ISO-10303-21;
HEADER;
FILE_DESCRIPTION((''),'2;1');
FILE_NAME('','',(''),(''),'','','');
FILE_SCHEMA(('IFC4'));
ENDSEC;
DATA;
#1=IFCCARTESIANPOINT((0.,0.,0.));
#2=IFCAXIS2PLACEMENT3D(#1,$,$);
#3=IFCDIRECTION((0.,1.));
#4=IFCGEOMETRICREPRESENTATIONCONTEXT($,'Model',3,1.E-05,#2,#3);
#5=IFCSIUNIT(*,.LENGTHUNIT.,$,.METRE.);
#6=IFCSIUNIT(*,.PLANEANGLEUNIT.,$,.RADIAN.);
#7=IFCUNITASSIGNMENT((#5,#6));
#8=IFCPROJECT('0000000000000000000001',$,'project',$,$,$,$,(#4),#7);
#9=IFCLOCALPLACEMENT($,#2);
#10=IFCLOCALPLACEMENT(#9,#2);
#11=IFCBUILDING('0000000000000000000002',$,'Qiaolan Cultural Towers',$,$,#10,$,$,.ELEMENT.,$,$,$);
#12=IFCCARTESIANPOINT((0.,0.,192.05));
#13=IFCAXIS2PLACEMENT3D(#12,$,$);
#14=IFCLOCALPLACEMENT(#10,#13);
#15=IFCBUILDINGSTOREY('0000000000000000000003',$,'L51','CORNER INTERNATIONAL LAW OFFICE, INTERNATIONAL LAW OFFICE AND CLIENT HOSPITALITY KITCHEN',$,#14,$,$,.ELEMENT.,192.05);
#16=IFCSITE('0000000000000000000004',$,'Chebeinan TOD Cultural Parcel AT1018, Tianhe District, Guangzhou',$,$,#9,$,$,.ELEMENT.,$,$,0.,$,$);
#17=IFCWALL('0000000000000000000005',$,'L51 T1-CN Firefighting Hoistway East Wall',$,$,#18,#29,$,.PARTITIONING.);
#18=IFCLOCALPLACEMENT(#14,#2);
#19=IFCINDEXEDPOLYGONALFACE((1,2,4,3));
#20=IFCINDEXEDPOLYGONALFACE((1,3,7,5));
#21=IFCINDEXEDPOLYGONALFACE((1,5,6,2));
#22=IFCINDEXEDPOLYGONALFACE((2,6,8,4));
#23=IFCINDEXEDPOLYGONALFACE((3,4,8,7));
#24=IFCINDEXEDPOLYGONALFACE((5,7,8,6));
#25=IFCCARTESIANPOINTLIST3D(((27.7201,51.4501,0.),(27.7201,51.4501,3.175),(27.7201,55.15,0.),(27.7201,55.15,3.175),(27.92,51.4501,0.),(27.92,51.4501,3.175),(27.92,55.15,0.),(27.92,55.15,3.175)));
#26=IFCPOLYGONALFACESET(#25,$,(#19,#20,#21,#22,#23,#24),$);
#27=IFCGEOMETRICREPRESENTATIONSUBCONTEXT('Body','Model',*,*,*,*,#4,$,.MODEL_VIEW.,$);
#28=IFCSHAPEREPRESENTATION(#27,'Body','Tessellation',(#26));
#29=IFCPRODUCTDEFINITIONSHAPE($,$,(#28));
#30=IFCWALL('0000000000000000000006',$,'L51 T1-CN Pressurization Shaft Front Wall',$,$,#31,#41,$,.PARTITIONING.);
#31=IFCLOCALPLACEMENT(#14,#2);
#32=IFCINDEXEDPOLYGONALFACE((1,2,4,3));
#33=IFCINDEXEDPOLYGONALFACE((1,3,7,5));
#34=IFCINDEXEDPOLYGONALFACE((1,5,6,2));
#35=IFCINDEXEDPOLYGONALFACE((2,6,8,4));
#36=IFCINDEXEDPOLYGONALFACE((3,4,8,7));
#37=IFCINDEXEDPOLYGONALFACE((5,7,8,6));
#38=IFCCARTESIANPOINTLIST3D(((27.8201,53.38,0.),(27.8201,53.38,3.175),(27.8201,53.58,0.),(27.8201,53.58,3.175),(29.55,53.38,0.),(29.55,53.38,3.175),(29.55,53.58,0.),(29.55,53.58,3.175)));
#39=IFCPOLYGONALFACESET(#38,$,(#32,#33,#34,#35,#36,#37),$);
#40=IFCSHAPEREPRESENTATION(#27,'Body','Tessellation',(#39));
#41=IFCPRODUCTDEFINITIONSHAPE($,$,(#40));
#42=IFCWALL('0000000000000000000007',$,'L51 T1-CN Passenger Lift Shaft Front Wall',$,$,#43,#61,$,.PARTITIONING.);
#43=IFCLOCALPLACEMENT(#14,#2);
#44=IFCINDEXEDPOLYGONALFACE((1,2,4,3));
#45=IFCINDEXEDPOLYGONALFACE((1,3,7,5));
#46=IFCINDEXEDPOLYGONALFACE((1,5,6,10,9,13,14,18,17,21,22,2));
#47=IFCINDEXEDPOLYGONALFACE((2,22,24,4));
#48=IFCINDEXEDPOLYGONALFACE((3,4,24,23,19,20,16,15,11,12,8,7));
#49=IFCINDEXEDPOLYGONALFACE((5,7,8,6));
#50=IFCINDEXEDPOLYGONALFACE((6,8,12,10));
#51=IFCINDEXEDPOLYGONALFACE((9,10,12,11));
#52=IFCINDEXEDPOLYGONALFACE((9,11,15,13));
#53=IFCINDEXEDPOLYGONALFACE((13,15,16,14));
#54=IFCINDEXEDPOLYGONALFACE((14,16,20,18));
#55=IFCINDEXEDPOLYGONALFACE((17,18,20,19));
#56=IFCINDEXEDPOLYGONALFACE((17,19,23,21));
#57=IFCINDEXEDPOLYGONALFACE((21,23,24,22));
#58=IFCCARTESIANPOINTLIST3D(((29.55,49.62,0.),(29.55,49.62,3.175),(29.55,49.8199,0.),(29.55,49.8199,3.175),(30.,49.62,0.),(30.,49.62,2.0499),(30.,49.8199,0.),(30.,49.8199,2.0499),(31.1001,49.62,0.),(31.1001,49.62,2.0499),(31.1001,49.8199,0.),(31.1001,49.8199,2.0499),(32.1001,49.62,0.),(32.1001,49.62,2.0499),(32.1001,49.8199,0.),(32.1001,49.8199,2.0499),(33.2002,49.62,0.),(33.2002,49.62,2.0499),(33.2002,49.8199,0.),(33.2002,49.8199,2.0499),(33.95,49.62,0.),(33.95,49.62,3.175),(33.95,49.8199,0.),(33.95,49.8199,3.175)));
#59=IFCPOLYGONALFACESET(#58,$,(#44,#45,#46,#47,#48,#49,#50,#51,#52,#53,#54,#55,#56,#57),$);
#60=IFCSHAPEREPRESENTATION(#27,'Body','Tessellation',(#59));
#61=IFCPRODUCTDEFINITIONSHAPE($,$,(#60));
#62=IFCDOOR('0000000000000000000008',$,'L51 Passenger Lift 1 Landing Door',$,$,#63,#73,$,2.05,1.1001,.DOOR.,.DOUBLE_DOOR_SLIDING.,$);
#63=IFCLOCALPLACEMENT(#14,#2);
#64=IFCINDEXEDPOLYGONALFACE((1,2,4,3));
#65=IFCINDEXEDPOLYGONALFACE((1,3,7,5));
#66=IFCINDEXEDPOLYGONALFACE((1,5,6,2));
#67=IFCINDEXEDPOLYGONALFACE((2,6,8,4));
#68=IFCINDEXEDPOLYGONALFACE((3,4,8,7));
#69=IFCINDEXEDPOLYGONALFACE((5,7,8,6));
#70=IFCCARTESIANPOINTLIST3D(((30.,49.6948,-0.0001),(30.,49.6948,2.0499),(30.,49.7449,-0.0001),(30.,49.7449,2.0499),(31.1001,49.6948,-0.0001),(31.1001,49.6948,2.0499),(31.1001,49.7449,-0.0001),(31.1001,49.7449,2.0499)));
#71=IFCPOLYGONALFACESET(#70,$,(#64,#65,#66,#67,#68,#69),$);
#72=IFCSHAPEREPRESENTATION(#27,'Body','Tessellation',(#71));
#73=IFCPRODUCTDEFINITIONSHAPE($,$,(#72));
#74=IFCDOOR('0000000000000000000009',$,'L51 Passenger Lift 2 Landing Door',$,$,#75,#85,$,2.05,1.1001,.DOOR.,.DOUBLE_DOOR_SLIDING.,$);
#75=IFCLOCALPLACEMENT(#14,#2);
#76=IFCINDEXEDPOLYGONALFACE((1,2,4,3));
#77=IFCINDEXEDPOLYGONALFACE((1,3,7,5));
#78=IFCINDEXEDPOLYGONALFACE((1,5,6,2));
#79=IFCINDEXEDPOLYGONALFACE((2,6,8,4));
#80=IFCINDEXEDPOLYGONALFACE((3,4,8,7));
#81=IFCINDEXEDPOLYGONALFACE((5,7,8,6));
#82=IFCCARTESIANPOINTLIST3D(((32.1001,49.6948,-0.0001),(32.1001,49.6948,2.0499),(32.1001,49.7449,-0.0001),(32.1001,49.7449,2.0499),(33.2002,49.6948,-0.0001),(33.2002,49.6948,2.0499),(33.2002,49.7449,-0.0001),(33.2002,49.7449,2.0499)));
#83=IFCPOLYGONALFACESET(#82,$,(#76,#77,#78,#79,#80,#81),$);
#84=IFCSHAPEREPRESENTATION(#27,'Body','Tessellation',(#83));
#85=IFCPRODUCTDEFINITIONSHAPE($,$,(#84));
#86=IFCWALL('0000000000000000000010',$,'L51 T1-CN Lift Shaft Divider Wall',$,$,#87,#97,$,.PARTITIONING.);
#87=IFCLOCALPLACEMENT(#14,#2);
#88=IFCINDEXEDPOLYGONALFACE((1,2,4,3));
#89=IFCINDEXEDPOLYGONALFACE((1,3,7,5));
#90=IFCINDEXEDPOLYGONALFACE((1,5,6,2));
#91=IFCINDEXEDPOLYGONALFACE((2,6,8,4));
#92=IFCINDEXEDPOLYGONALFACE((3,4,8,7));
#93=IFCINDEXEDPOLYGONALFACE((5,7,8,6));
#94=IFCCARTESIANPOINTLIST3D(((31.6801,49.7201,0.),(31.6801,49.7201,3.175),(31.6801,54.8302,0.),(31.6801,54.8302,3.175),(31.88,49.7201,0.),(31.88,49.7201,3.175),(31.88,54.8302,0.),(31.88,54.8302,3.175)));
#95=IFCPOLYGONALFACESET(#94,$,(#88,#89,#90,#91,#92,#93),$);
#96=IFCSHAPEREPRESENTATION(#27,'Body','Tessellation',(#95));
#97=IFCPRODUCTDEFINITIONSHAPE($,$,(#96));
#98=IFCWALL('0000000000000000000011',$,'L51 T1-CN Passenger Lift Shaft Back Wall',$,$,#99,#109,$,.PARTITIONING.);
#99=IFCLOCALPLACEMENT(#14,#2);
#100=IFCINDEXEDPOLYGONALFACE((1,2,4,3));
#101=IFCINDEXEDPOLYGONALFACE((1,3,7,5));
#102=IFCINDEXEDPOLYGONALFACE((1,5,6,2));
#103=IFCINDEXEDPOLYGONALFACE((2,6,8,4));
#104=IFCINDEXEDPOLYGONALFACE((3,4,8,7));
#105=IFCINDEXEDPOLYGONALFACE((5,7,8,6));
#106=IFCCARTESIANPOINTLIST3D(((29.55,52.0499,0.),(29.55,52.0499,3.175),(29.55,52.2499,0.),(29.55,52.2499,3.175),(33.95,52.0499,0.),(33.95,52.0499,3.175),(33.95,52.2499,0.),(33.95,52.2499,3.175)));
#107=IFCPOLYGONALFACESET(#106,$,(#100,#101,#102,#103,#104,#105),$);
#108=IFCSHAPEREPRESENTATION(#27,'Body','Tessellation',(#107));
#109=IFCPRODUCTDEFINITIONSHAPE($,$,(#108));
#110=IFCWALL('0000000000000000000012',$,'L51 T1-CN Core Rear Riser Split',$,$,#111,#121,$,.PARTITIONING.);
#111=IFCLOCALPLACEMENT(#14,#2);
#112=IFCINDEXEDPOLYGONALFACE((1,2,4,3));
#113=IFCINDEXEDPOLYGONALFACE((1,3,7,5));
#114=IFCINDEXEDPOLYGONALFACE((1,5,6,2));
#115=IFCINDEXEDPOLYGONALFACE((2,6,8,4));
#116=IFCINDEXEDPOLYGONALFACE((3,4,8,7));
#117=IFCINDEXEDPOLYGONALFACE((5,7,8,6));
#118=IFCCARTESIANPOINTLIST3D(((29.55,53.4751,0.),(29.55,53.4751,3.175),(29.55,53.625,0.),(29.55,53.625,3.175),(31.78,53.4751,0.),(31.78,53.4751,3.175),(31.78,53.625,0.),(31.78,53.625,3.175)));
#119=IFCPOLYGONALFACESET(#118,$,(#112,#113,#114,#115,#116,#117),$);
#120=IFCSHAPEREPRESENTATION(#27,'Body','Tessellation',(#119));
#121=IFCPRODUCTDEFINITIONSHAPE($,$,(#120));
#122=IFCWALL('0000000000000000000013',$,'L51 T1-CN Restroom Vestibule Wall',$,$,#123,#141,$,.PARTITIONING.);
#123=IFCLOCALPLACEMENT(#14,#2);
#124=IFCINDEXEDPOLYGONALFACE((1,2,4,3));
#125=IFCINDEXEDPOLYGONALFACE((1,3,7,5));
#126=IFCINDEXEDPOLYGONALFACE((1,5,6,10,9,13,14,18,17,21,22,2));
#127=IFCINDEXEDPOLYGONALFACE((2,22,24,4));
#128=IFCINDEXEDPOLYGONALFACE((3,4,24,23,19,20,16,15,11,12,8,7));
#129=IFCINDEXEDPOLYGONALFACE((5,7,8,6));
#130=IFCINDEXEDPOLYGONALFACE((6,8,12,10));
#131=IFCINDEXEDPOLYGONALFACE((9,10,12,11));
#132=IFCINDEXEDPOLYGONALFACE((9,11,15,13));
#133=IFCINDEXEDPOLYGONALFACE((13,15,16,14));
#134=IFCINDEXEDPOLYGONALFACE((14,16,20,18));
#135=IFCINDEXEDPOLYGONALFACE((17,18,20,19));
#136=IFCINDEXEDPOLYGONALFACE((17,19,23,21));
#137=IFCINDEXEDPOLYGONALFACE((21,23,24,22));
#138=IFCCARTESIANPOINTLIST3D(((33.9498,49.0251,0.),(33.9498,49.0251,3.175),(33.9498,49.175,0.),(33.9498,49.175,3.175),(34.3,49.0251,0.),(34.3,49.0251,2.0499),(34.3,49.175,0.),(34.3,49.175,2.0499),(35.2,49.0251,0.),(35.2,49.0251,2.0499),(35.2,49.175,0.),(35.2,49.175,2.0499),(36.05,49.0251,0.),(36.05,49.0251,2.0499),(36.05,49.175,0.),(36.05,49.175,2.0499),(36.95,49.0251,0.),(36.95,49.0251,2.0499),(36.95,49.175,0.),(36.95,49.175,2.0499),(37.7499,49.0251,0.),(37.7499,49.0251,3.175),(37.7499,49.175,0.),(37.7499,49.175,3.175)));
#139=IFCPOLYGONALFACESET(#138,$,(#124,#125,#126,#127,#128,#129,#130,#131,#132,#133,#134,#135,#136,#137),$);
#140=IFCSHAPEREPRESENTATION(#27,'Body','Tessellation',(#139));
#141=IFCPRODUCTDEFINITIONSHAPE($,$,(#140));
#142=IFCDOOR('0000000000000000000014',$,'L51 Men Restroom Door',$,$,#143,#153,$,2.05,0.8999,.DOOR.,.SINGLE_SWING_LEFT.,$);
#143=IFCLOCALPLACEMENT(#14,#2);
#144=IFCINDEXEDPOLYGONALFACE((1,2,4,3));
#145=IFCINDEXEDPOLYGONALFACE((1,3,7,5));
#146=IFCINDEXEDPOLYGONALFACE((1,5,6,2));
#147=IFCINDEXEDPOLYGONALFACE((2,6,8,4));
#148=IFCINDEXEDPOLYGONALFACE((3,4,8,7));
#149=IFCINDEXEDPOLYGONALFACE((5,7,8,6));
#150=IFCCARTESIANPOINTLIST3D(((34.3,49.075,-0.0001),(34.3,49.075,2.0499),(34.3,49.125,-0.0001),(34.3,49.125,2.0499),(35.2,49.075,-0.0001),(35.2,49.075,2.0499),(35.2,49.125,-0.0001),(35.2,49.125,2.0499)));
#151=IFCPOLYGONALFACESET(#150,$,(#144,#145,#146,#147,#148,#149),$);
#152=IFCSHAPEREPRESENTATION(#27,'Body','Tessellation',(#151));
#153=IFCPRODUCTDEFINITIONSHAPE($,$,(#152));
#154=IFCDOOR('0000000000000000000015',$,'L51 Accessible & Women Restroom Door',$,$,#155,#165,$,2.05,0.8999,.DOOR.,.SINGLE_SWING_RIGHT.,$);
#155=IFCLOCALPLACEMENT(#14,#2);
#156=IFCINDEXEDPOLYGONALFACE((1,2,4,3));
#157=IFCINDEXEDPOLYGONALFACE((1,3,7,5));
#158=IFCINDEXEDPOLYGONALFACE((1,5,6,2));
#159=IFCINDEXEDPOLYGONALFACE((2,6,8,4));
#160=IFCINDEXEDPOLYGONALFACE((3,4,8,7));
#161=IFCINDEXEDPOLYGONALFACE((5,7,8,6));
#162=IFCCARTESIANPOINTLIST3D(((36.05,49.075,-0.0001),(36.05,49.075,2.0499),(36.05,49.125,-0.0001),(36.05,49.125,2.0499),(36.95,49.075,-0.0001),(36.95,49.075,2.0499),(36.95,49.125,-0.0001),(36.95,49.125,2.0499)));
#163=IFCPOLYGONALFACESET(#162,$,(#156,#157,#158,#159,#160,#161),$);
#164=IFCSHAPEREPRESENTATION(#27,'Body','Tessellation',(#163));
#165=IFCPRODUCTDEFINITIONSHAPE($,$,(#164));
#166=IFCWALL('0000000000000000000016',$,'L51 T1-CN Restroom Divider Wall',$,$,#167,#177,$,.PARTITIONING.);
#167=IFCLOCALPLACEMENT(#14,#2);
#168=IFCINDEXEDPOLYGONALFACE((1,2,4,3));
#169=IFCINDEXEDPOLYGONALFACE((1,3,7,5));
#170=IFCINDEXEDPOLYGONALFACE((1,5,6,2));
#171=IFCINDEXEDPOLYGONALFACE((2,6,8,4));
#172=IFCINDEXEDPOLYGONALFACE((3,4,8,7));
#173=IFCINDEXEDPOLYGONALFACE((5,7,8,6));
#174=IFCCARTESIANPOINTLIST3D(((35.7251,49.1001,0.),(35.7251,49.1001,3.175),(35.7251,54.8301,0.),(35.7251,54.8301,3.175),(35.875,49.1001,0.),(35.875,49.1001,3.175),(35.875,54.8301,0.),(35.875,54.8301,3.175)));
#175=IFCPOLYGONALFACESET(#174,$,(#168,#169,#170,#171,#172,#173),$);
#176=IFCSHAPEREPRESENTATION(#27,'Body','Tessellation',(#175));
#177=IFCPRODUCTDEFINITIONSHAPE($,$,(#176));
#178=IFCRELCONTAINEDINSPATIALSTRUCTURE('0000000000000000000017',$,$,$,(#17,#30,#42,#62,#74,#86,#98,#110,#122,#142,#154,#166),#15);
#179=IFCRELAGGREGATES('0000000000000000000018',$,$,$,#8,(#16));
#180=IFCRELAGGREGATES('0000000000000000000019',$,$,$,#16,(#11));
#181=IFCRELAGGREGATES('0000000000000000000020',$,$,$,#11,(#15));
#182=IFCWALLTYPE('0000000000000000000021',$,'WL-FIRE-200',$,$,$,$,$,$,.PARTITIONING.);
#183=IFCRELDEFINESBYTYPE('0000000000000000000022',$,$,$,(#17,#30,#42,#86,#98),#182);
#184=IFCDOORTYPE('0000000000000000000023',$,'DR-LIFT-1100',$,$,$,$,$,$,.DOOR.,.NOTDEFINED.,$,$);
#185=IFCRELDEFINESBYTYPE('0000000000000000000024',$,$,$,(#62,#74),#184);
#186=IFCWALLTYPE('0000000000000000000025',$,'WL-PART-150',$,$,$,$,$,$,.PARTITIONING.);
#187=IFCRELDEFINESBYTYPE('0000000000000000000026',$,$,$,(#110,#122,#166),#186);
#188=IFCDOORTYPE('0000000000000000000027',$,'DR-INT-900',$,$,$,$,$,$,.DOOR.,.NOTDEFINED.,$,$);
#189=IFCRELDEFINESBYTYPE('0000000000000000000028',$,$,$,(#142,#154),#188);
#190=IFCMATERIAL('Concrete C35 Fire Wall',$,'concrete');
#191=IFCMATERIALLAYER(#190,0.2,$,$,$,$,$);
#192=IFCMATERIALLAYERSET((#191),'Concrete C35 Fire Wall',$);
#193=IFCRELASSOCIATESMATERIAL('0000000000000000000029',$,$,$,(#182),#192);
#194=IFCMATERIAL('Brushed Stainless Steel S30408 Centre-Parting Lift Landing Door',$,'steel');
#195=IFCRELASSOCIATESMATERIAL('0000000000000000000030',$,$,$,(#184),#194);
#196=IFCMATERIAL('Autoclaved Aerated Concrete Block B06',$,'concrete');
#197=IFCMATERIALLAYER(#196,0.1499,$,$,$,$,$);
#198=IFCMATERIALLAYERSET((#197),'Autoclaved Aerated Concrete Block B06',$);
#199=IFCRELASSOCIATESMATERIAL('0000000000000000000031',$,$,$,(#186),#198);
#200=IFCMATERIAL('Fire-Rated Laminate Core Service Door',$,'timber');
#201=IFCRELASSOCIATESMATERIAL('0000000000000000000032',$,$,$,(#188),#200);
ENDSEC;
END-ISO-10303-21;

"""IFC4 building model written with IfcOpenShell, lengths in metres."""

from ifc_helpers import new_model, si_unit, direction, frame, frame_2d, origin, place, context, subcontext, project, spatial, rectangle, extrude, material, layer, layer_set, type_object, element, fill, save


model = new_model("IFC4")

# Units and contexts
model_context = context("Model", 3, precision=1e-05, world=origin(), true_north=direction((0.0, 1.0)))
body_context = subcontext(model_context, "Body", "Model", "MODEL_VIEW")
ifc_project = project(units=[si_unit("LENGTHUNIT", "METRE"), si_unit("PLANEANGLEUNIT", "RADIAN")], contexts=[model_context])

# Site, building, storey
site_placement = place(None, origin())
site = spatial("IfcSite", under=ifc_project, at=site_placement, Name="Chebeinan TOD Cultural Parcel AT1018, Tianhe District, Guangzhou", CompositionType="ELEMENT", RefElevation=0.0)
building_placement = place(site_placement, origin())
building = spatial("IfcBuilding", under=site, at=building_placement, Name="Qiaolan Cultural Towers", CompositionType="ELEMENT")
storey_placement = place(building_placement, frame((0.0, 0.0, 192.05)))
storey = spatial("IfcBuildingStorey", under=building, at=storey_placement, Name="L51", Description="CORNER INTERNATIONAL LAW OFFICE, INTERNATIONAL LAW OFFICE AND CLIENT HOSPITALITY KITCHEN", CompositionType="ELEMENT", Elevation=192.05)

# Shared definitions
ifc_material_1 = material(Name="Concrete C35 Fire Wall", Category="concrete")
ifc_layer_1 = layer(ifc_material_1, 0.2)
ifc_layer_set_1 = layer_set([ifc_layer_1], Name="Concrete C35 Fire Wall")
wall_type_1 = type_object("IfcWallType", Name="WL-FIRE-200", PredefinedType="PARTITIONING", material=ifc_layer_set_1)
ifc_material_2 = material(Name="Brushed Stainless Steel S30408 Centre-Parting Lift Landing Door", Category="steel")
door_type_1 = type_object("IfcDoorType", Name="DR-LIFT-1100", OperationType="NOTDEFINED", PredefinedType="DOOR", material=ifc_material_2)

# Walls
wall_1_placement = place(storey_placement, frame((27.8201, 51.45, 0.0), z_axis=(0.0, 0.0, 1.0), x_axis=(0.0, 1.0, 0.0)))
element("IfcWall", 1, at=wall_1_placement, inside=storey, type_object=wall_type_1, Name="L51 T1-CN Firefighting Hoistway East Wall", PredefinedType="PARTITIONING", context=body_context, shape_type="SweptSolid", body=[
    extrude(rectangle(XDim=3.7, YDim=0.2, at=frame_2d((1.8501, 0.0))), origin(), (0.0, 0.0, 1.0), 3.175),
])
wall_2_placement = place(storey_placement, frame((27.8201, 53.48, 0.0), z_axis=(0.0, 0.0, 1.0), x_axis=(1.0, 0.0, 0.0)))
element("IfcWall", 2, at=wall_2_placement, inside=storey, type_object=wall_type_1, Name="L51 T1-CN Pressurization Shaft Front Wall", PredefinedType="PARTITIONING", context=body_context, shape_type="SweptSolid", body=[
    extrude(rectangle(XDim=1.73, YDim=0.2, at=frame_2d((0.865, 0.0))), origin(), (0.0, 0.0, 1.0), 3.175),
])

# Wall, openings, doors
wall_3_placement = place(storey_placement, frame((29.55, 49.72, 0.0), z_axis=(0.0, 0.0, 1.0), x_axis=(1.0, 0.0, 0.0)))
wall_3 = element("IfcWall", 3, at=wall_3_placement, inside=storey, type_object=wall_type_1, Name="L51 T1-CN Passenger Lift Shaft Front Wall", PredefinedType="PARTITIONING", context=body_context, shape_type="SweptSolid", body=[
    extrude(rectangle(XDim=4.3999, YDim=0.2, at=frame_2d((2.2, 0.0))), origin(), (0.0, 0.0, 1.0), 3.175),
])
opening_1_placement = place(wall_3_placement, frame((0.45, 0.0, 0.0)))
opening_1 = element("IfcOpeningElement", 4, at=opening_1_placement, cuts=wall_3, PredefinedType="OPENING", context=body_context, shape_type="SweptSolid", body=[
    extrude(rectangle(XDim=1.1001, YDim=2.05, at=frame_2d((0.55, 1.0249))), frame((0.0, 0.1099, 0.0), z_axis=(0.0, -1.0, 0.0), x_axis=(1.0, 0.0, 0.0)), (0.0, 0.0, 1.0), 0.22),
])
opening_2_placement = place(wall_3_placement, frame((2.55, 0.0, 0.0)))
opening_2 = element("IfcOpeningElement", 5, at=opening_2_placement, cuts=wall_3, PredefinedType="OPENING", context=body_context, shape_type="SweptSolid", body=[
    extrude(rectangle(XDim=1.1001, YDim=2.05, at=frame_2d((0.55, 1.0249))), frame((0.0, 0.1099, 0.0), z_axis=(0.0, -1.0, 0.0), x_axis=(1.0, 0.0, 0.0)), (0.0, 0.0, 1.0), 0.22),
])
door_1_placement = place(opening_1_placement, origin())
door_1 = element("IfcDoor", 6, at=door_1_placement, inside=storey, type_object=door_type_1, Name="L51 Passenger Lift 1 Landing Door", OperationType="DOUBLE_DOOR_SLIDING", OverallHeight=2.05, OverallWidth=1.1001, PredefinedType="DOOR", context=body_context, shape_type="SweptSolid", body=[
    extrude(rectangle(XDim=1.1001, YDim=2.05, at=frame_2d((0.55, 1.0249))), frame((0.0, 0.0249, 0.0), z_axis=(0.0, -1.0, 0.0), x_axis=(1.0, 0.0, 0.0)), (0.0, 0.0, 1.0), 0.05),
])
fill(opening_1, door_1)
door_2_placement = place(opening_2_placement, origin())
door_2 = element("IfcDoor", 7, at=door_2_placement, inside=storey, type_object=door_type_1, Name="L51 Passenger Lift 2 Landing Door", OperationType="DOUBLE_DOOR_SLIDING", OverallHeight=2.05, OverallWidth=1.1001, PredefinedType="DOOR", context=body_context, shape_type="SweptSolid", body=[
    extrude(rectangle(XDim=1.1001, YDim=2.05, at=frame_2d((0.55, 1.0249))), frame((0.0, 0.0249, 0.0), z_axis=(0.0, -1.0, 0.0), x_axis=(1.0, 0.0, 0.0)), (0.0, 0.0, 1.0), 0.05),
])
fill(opening_2, door_2)

# Walls
wall_4_placement = place(storey_placement, frame((31.78, 49.72, 0.0), z_axis=(0.0, 0.0, 1.0), x_axis=(0.0, 1.0, 0.0)))
element("IfcWall", 8, at=wall_4_placement, inside=storey, type_object=wall_type_1, Name="L51 T1-CN Lift Shaft Divider Wall", PredefinedType="PARTITIONING", context=body_context, shape_type="SweptSolid", body=[
    extrude(rectangle(XDim=5.1101, YDim=0.2, at=frame_2d((2.5552, 0.0))), origin(), (0.0, 0.0, 1.0), 3.175),
])
wall_5_placement = place(storey_placement, frame((29.55, 52.1499, 0.0), z_axis=(0.0, 0.0, 1.0), x_axis=(1.0, 0.0, 0.0)))
element("IfcWall", 9, at=wall_5_placement, inside=storey, type_object=wall_type_1, Name="L51 T1-CN Passenger Lift Shaft Back Wall", PredefinedType="PARTITIONING", context=body_context, shape_type="SweptSolid", body=[
    extrude(rectangle(XDim=4.3999, YDim=0.2, at=frame_2d((2.2, 0.0))), origin(), (0.0, 0.0, 1.0), 3.175),
])
ifc_material_3 = material(Name="Autoclaved Aerated Concrete Block B06", Category="concrete")
ifc_layer_2 = layer(ifc_material_3, 0.1499)
ifc_layer_set_2 = layer_set([ifc_layer_2], Name="Autoclaved Aerated Concrete Block B06")
wall_type_2 = type_object("IfcWallType", Name="WL-PART-150", PredefinedType="PARTITIONING", material=ifc_layer_set_2)
wall_6_placement = place(storey_placement, frame((29.55, 53.55, 0.0), z_axis=(0.0, 0.0, 1.0), x_axis=(1.0, 0.0, 0.0)))
element("IfcWall", 10, at=wall_6_placement, inside=storey, type_object=wall_type_2, Name="L51 T1-CN Core Rear Riser Split", PredefinedType="PARTITIONING", context=body_context, shape_type="SweptSolid", body=[
    extrude(rectangle(XDim=2.23, YDim=0.1499, at=frame_2d((1.115, 0.0))), origin(), (0.0, 0.0, 1.0), 3.175),
])

# Wall, openings, doors
wall_7_placement = place(storey_placement, frame((33.95, 49.1001, 0.0), z_axis=(0.0, 0.0, 1.0), x_axis=(1.0, 0.0, 0.0)))
wall_7 = element("IfcWall", 11, at=wall_7_placement, inside=storey, type_object=wall_type_2, Name="L51 T1-CN Restroom Vestibule Wall", PredefinedType="PARTITIONING", context=body_context, shape_type="SweptSolid", body=[
    extrude(rectangle(XDim=3.8, YDim=0.1499, at=frame_2d((1.8999, 0.0))), origin(), (0.0, 0.0, 1.0), 3.175),
])
opening_3_placement = place(wall_7_placement, frame((0.3501, 0.0, 0.0)))
opening_3 = element("IfcOpeningElement", 12, at=opening_3_placement, cuts=wall_7, PredefinedType="OPENING", context=body_context, shape_type="SweptSolid", body=[
    extrude(rectangle(XDim=0.8999, YDim=2.05, at=frame_2d((0.45, 1.0249))), frame((0.0, 0.085, 0.0), z_axis=(0.0, -1.0, 0.0), x_axis=(1.0, 0.0, 0.0)), (0.0, 0.0, 1.0), 0.1699),
])
opening_4_placement = place(wall_7_placement, frame((2.1001, 0.0, 0.0)))
opening_4 = element("IfcOpeningElement", 13, at=opening_4_placement, cuts=wall_7, PredefinedType="OPENING", context=body_context, shape_type="SweptSolid", body=[
    extrude(rectangle(XDim=0.8999, YDim=2.05, at=frame_2d((0.45, 1.0249))), frame((0.0, 0.085, 0.0), z_axis=(0.0, -1.0, 0.0), x_axis=(1.0, 0.0, 0.0)), (0.0, 0.0, 1.0), 0.1699),
])
ifc_material_4 = material(Name="Fire-Rated Laminate Core Service Door", Category="timber")
door_type_2 = type_object("IfcDoorType", Name="DR-INT-900", OperationType="NOTDEFINED", PredefinedType="DOOR", material=ifc_material_4)
door_3_placement = place(opening_3_placement, origin())
door_3 = element("IfcDoor", 14, at=door_3_placement, inside=storey, type_object=door_type_2, Name="L51 Men Restroom Door", OperationType="SINGLE_SWING_LEFT", OverallHeight=2.05, OverallWidth=0.8999, PredefinedType="DOOR", context=body_context, shape_type="SweptSolid", body=[
    extrude(rectangle(XDim=0.8999, YDim=2.05, at=frame_2d((0.45, 1.0249))), frame((0.0, 0.0249, 0.0), z_axis=(0.0, -1.0, 0.0), x_axis=(1.0, 0.0, 0.0)), (0.0, 0.0, 1.0), 0.05),
])
fill(opening_3, door_3)
door_4_placement = place(opening_4_placement, origin())
door_4 = element("IfcDoor", 15, at=door_4_placement, inside=storey, type_object=door_type_2, Name="L51 Accessible & Women Restroom Door", OperationType="SINGLE_SWING_RIGHT", OverallHeight=2.05, OverallWidth=0.8999, PredefinedType="DOOR", context=body_context, shape_type="SweptSolid", body=[
    extrude(rectangle(XDim=0.8999, YDim=2.05, at=frame_2d((0.45, 1.0249))), frame((0.0, 0.0249, 0.0), z_axis=(0.0, -1.0, 0.0), x_axis=(1.0, 0.0, 0.0)), (0.0, 0.0, 1.0), 0.05),
])
fill(opening_4, door_4)

# Wall
wall_8_placement = place(storey_placement, frame((35.8, 49.1001, 0.0), z_axis=(0.0, 0.0, 1.0), x_axis=(0.0, 1.0, 0.0)))
element("IfcWall", 16, at=wall_8_placement, inside=storey, type_object=wall_type_2, Name="L51 T1-CN Restroom Divider Wall", PredefinedType="PARTITIONING", context=body_context, shape_type="SweptSolid", body=[
    extrude(rectangle(XDim=5.73, YDim=0.1499, at=frame_2d((2.865, 0.0))), origin(), (0.0, 0.0, 1.0), 3.175),
])

save(model, "model.ifc")
